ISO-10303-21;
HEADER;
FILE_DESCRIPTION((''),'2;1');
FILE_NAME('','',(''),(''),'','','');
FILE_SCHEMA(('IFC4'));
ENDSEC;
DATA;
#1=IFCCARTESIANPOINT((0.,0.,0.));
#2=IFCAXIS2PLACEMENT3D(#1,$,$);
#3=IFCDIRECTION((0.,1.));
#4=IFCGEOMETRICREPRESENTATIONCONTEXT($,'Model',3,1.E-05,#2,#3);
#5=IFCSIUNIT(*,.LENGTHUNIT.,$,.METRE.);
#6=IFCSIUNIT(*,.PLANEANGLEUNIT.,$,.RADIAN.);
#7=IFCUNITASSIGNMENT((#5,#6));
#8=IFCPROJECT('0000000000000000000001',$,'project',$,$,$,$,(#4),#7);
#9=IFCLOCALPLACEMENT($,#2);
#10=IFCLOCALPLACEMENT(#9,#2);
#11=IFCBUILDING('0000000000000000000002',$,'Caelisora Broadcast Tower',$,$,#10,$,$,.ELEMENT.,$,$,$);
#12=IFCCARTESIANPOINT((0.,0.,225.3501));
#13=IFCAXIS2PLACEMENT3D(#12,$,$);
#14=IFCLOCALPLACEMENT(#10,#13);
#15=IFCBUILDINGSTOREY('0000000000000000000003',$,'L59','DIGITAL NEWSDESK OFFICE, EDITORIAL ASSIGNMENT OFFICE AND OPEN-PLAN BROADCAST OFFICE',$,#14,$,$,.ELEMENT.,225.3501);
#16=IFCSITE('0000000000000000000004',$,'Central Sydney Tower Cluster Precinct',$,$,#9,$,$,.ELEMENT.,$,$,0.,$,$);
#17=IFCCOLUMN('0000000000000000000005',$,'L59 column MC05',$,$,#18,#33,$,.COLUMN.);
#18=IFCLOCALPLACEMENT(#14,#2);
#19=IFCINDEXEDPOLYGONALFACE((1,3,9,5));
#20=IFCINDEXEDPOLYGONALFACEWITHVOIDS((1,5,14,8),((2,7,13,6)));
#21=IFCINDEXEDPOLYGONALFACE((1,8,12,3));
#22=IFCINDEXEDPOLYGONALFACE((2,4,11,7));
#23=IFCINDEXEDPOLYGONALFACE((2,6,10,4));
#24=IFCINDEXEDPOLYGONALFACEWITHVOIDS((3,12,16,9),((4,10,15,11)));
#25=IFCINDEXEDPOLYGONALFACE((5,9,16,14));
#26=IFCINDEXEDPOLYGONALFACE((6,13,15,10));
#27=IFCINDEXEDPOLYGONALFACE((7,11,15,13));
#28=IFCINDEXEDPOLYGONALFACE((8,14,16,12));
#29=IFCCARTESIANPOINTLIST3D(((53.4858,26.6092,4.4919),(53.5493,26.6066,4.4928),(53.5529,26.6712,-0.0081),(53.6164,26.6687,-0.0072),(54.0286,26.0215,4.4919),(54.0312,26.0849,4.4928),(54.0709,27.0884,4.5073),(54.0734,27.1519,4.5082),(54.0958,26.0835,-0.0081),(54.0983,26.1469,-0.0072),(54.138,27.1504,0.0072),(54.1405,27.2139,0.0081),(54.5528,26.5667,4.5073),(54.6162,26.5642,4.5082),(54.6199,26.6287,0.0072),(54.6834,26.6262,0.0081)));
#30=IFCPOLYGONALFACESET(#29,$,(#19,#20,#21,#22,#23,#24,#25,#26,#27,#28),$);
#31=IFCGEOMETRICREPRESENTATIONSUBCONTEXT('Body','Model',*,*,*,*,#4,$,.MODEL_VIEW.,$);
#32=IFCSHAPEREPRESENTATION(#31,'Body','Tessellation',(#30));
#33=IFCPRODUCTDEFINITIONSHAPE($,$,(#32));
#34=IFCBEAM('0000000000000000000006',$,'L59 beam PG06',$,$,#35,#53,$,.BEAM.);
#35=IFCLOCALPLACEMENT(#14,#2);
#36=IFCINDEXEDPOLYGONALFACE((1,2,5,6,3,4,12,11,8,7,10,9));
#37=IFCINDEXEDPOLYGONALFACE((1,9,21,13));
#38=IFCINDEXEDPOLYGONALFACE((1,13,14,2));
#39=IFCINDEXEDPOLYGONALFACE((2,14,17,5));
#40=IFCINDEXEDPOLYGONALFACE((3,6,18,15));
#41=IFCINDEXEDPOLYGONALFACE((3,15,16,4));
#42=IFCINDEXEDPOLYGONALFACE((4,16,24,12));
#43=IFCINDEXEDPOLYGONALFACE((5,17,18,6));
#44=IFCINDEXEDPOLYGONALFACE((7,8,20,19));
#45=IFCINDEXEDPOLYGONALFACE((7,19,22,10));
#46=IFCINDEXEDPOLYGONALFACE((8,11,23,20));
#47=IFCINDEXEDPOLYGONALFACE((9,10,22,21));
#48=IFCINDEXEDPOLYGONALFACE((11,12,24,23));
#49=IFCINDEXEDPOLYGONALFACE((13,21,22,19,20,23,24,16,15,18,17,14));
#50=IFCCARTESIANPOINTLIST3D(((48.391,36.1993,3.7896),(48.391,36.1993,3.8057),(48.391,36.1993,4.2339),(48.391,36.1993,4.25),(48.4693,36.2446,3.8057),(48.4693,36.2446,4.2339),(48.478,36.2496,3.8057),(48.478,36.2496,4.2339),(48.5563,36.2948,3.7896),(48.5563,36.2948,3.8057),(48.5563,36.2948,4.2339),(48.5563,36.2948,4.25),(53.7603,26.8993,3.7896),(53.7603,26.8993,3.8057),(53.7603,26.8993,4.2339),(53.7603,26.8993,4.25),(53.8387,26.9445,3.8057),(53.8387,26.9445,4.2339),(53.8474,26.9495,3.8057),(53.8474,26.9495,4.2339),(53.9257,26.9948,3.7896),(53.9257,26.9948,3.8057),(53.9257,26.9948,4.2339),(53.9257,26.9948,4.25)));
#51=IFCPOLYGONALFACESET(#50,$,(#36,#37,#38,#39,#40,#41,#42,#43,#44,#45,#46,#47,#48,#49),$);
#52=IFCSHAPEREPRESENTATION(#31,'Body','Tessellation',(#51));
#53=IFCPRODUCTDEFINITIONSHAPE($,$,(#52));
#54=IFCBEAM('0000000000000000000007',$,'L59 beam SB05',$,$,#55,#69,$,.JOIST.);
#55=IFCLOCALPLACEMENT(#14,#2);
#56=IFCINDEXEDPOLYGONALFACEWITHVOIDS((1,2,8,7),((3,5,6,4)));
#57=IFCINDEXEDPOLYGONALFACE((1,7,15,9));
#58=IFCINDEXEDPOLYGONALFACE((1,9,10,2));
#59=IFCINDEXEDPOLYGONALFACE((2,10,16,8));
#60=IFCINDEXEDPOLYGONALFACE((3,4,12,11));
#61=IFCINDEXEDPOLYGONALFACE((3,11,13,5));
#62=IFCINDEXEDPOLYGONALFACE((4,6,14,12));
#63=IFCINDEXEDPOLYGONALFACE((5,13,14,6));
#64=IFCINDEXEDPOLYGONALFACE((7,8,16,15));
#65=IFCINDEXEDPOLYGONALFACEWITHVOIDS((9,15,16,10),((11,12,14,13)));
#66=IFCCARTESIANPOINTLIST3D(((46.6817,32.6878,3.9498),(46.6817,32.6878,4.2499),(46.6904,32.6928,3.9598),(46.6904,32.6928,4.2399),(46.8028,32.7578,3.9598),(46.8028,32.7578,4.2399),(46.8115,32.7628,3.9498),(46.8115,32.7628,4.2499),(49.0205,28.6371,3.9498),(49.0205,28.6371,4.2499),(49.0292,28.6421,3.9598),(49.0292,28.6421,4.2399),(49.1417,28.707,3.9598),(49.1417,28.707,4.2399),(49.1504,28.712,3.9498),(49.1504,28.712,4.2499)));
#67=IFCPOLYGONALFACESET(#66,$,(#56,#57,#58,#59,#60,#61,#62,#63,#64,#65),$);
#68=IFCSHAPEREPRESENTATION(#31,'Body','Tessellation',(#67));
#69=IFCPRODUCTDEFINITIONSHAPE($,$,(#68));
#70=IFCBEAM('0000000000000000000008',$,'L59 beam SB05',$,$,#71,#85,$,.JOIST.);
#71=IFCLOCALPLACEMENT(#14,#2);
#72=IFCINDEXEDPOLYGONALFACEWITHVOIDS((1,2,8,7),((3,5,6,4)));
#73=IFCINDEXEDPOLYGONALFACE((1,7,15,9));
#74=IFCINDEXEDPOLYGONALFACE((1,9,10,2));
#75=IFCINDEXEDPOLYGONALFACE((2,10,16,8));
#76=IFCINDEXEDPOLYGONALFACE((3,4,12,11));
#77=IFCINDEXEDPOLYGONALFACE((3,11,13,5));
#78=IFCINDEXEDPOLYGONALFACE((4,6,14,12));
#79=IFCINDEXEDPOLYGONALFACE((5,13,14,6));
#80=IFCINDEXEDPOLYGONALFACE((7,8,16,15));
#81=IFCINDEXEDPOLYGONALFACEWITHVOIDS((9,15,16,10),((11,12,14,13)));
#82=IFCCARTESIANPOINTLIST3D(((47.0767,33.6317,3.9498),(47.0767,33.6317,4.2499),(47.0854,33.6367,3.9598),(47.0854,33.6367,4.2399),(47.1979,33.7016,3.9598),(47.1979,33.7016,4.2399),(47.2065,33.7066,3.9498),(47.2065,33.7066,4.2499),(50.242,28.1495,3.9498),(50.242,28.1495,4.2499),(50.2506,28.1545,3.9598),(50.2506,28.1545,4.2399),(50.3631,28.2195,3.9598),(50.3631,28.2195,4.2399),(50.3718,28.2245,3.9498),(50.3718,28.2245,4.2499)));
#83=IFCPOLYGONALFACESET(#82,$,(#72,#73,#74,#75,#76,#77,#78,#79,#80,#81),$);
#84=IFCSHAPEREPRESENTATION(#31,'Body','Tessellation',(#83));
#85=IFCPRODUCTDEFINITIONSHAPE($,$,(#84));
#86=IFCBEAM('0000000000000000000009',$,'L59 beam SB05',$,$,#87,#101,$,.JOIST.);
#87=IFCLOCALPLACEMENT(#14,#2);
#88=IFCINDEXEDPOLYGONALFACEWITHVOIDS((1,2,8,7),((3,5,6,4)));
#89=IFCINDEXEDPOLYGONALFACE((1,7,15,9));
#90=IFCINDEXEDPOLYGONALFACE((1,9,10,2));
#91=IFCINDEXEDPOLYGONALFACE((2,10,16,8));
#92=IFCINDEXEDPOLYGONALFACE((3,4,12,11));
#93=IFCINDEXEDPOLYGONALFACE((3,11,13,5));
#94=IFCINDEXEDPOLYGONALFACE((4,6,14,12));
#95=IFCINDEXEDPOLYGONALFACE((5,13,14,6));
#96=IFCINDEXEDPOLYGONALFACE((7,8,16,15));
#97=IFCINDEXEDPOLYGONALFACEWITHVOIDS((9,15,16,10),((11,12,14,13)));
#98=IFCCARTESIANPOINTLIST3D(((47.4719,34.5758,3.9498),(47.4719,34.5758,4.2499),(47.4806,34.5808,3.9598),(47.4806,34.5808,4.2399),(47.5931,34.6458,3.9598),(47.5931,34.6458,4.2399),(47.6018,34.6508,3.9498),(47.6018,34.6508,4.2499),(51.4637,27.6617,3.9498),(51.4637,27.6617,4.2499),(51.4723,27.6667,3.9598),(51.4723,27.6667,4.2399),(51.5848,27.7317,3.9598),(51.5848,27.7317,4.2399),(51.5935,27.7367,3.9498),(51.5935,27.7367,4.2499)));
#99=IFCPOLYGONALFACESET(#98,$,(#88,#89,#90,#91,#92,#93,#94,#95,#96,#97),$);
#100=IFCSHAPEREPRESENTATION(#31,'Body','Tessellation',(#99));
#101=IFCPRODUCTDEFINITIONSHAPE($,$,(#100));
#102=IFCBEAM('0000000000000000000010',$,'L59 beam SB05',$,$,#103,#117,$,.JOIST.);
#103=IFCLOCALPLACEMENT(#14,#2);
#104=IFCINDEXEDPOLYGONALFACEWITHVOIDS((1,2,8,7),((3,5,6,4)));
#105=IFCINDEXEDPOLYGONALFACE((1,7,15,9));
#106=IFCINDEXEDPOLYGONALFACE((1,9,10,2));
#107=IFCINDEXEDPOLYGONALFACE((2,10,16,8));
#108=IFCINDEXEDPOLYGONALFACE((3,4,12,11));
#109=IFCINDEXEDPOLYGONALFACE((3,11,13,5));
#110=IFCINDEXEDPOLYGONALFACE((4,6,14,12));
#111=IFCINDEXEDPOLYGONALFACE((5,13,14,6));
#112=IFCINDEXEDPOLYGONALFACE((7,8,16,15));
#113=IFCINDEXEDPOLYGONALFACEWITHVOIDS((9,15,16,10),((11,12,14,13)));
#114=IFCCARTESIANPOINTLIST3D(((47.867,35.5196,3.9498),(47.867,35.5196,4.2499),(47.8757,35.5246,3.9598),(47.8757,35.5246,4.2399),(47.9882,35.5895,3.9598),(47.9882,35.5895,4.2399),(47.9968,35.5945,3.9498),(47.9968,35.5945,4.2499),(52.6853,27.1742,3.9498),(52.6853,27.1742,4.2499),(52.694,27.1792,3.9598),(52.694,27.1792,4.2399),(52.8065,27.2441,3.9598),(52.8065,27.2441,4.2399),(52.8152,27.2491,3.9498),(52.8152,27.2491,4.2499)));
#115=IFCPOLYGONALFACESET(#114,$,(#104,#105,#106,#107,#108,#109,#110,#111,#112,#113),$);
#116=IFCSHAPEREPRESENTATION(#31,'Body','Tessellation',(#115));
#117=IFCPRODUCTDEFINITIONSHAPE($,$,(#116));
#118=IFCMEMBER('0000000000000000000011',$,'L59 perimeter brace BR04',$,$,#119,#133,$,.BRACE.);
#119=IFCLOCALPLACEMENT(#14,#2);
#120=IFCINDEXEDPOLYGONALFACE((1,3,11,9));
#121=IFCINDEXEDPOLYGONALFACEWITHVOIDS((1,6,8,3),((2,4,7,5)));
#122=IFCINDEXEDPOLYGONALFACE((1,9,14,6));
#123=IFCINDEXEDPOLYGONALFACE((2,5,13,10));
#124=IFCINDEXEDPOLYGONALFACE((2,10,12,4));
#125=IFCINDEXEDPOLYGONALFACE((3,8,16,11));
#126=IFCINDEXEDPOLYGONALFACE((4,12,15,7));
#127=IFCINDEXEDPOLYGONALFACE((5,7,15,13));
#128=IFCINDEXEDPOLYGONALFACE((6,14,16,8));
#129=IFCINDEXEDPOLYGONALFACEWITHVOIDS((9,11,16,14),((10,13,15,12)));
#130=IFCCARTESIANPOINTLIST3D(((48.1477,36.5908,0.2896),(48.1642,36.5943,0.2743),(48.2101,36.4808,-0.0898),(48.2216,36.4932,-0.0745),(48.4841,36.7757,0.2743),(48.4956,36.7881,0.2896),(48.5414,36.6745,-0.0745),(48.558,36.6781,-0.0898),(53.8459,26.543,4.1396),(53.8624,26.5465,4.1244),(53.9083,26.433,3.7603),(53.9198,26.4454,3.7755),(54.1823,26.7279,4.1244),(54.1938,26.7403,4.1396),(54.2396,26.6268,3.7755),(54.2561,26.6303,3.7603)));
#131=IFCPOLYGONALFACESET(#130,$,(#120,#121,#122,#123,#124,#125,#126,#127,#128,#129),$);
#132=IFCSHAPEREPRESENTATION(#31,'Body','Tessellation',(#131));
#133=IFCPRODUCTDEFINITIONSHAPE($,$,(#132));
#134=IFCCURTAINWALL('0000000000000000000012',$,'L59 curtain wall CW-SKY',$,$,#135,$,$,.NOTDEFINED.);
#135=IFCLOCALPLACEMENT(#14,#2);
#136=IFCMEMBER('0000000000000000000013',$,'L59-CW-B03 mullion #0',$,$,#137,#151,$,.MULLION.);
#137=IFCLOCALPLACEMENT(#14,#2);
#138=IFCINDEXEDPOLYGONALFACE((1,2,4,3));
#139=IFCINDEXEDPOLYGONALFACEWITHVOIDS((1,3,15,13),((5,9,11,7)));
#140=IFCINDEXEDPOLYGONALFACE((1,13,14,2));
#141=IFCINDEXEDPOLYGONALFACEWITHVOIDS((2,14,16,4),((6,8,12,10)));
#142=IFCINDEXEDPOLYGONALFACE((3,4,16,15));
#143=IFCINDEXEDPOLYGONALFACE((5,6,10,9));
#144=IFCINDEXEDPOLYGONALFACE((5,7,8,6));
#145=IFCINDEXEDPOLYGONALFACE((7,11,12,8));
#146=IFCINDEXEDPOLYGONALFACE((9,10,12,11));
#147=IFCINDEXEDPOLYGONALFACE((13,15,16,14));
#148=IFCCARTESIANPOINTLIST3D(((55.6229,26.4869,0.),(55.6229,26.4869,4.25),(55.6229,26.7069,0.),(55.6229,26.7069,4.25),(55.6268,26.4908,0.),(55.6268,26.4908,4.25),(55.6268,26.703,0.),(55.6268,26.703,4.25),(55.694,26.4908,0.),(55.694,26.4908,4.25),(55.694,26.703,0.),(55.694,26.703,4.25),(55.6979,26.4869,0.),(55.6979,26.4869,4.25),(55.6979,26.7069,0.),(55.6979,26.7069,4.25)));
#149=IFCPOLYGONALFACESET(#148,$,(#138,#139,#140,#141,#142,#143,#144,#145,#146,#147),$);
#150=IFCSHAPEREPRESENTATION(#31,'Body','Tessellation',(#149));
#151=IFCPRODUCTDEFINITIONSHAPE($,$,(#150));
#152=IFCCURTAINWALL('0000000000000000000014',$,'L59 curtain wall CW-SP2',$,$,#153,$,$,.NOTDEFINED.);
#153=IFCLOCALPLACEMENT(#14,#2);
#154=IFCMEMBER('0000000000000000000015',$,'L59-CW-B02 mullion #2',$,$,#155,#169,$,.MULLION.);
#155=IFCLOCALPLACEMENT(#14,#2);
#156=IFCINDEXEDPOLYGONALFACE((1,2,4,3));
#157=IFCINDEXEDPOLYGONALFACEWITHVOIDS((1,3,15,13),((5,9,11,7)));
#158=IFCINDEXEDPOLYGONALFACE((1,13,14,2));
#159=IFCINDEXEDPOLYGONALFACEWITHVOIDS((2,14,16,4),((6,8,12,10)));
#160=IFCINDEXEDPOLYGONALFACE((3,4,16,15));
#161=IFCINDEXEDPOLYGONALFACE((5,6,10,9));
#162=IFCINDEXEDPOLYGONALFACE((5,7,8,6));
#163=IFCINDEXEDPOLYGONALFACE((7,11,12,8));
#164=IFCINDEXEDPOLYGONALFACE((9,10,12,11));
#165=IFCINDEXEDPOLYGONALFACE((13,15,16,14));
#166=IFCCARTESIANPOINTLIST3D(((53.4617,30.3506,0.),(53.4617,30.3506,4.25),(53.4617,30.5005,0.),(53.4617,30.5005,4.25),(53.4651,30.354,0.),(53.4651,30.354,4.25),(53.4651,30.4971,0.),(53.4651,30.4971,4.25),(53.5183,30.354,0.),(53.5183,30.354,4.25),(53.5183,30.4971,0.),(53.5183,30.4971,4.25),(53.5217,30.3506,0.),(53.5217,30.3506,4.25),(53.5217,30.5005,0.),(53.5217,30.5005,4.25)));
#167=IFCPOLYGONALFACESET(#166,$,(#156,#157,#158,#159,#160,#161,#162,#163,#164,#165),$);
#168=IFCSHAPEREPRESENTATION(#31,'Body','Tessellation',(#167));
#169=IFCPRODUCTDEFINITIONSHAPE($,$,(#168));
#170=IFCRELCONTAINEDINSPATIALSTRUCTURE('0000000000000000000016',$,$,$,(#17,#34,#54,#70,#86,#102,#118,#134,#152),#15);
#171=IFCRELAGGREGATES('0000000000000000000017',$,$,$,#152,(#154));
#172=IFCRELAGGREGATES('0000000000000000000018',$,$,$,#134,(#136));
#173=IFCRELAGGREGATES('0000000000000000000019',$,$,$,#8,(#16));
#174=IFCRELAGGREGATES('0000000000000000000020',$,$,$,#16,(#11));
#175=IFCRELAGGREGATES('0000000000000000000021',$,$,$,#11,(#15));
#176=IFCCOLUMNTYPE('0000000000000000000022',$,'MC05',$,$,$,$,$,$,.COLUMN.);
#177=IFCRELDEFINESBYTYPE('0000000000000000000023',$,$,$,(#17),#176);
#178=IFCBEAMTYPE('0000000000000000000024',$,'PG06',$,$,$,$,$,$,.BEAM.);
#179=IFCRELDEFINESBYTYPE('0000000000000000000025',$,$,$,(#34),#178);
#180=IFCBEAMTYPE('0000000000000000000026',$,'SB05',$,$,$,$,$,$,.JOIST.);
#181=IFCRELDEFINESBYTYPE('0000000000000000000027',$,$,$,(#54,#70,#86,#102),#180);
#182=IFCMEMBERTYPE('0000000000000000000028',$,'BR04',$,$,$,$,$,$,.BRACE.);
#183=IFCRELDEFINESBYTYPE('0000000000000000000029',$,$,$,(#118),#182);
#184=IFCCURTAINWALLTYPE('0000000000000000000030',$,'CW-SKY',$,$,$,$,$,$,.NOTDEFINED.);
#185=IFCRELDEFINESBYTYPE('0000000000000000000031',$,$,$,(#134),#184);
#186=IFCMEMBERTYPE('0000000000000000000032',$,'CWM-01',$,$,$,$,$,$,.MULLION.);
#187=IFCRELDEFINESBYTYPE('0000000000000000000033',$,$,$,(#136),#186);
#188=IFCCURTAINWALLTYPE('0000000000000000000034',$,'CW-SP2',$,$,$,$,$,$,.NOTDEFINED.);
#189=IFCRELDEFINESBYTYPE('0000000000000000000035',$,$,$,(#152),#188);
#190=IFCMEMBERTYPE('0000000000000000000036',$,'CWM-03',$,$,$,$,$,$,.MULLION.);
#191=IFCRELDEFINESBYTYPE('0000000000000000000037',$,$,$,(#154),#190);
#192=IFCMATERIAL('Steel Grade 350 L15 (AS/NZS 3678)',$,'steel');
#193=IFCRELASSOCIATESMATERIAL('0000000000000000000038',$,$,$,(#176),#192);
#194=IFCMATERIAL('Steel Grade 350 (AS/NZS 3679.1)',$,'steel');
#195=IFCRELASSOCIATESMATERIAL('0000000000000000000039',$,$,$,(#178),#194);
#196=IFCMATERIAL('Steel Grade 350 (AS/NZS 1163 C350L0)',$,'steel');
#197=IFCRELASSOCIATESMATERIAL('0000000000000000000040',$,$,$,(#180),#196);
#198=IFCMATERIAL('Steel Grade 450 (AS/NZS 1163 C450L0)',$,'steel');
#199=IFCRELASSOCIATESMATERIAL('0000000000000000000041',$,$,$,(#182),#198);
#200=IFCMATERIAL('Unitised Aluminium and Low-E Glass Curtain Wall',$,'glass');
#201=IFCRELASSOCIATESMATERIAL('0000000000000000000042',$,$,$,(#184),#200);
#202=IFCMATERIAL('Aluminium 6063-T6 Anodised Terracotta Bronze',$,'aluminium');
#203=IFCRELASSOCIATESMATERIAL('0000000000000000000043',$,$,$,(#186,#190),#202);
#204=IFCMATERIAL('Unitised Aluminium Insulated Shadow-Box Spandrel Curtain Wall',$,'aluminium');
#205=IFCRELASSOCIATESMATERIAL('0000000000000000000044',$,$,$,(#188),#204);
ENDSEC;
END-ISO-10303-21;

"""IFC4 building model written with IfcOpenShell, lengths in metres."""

from ifc_helpers import new_model, si_unit, direction, frame, origin, origin_2d, place, context, subcontext, project, spatial, hollow_rectangle, i_section, extrude, source, transform, mapped, material, material_profile, profile_set, type_object, type_shapes, element, aggregate, save


model = new_model("IFC4")

# Units and contexts
model_context = context("Model", 3, precision=1e-05, world=origin(), true_north=direction((0.0, 1.0)))
body_context = subcontext(model_context, "Body", "Model", "MODEL_VIEW")
ifc_project = project(units=[si_unit("LENGTHUNIT", "METRE"), si_unit("PLANEANGLEUNIT", "RADIAN")], contexts=[model_context])

# Site, building, storey
site_placement = place(None, origin())
site = spatial("IfcSite", under=ifc_project, at=site_placement, Name="Central Sydney Tower Cluster Precinct", CompositionType="ELEMENT", RefElevation=0.0)
building_placement = place(site_placement, origin())
building = spatial("IfcBuilding", under=site, at=building_placement, Name="Caelisora Broadcast Tower", CompositionType="ELEMENT")
storey_placement = place(building_placement, frame((0.0, 0.0, 225.3501)))
storey = spatial("IfcBuildingStorey", under=building, at=storey_placement, Name="L59", Description="DIGITAL NEWSDESK OFFICE, EDITORIAL ASSIGNMENT OFFICE AND OPEN-PLAN BROADCAST OFFICE", CompositionType="ELEMENT", Elevation=225.3501)

# Column
ifc_material_1 = material(Name="Steel Grade 350 L15 (AS/NZS 3678)", Category="steel")
ifc_material_profile_1 = material_profile(ifc_material_1, hollow_rectangle(XDim=0.8, YDim=0.8, WallThickness=0.0449, at=origin_2d()), Name="Steel Grade 350 L15 (AS/NZS 3678)")
ifc_profile_set_1 = profile_set([ifc_material_profile_1], Name="Steel Grade 350 L15 (AS/NZS 3678)")
column_type = type_object("IfcColumnType", Name="MC05", PredefinedType="COLUMN", material=ifc_profile_set_1)
shared_shape_1 = source(origin(), body_context, "Body", "SweptSolid", [
    extrude(hollow_rectangle(XDim=0.8, YDim=0.8, WallThickness=0.0449, at=origin_2d()), origin(), (0.0, 0.0, 1.0), 4.501),
])
type_shapes(column_type, [shared_shape_1])
column_placement = place(storey_placement, frame((54.1182, 26.6487, 0.0), z_axis=(-0.014917, -0.013778, 0.999794), x_axis=(0.678502, -0.734599, 0.0)))
element("IfcColumn", 1, at=column_placement, inside=storey, type_object=column_type, Name="L59 column MC05", PredefinedType="COLUMN", context=body_context, shape_type="MappedRepresentation", body=[
    mapped(shared_shape_1, transform((0.0, 0.0, 0.0), scale=1.0)),
])

# Beams
ifc_material_2 = material(Name="Steel Grade 350 (AS/NZS 3679.1)", Category="steel")
ifc_material_profile_2 = material_profile(ifc_material_2, i_section(OverallWidth=0.1909, OverallDepth=0.4604, WebThickness=0.01, FlangeThickness=0.0161, at=origin_2d()), Name="Steel Grade 350 (AS/NZS 3679.1)")
ifc_profile_set_2 = profile_set([ifc_material_profile_2], Name="Steel Grade 350 (AS/NZS 3679.1)")
beam_type_1 = type_object("IfcBeamType", Name="PG06", PredefinedType="BEAM", material=ifc_profile_set_2)
shared_shape_2 = source(origin(), body_context, "Body", "SweptSolid", [
    extrude(i_section(OverallWidth=0.1909, OverallDepth=0.4604, WebThickness=0.01, FlangeThickness=0.0161, at=origin_2d()), origin(), (0.0, 0.0, 1.0), 10.7388),
])
type_shapes(beam_type_1, [shared_shape_2])
beam_1_placement = place(storey_placement, frame((53.843, 26.947, 4.0198), z_axis=(-0.5, 0.866025, 0.0), x_axis=(-0.866025, -0.5, 0.0)))
element("IfcBeam", 2, at=beam_1_placement, inside=storey, type_object=beam_type_1, Name="L59 beam PG06", PredefinedType="BEAM", context=body_context, shape_type="MappedRepresentation", body=[
    mapped(shared_shape_2, transform((0.0, 0.0, 0.0), scale=1.0)),
])
ifc_material_3 = material(Name="Steel Grade 350 (AS/NZS 1163 C350L0)", Category="steel")
ifc_material_profile_3 = material_profile(ifc_material_3, hollow_rectangle(XDim=0.1499, YDim=0.3, WallThickness=0.01, at=origin_2d()), Name="Steel Grade 350 (AS/NZS 1163 C350L0)")
ifc_profile_set_3 = profile_set([ifc_material_profile_3], Name="Steel Grade 350 (AS/NZS 1163 C350L0)")
beam_type_2 = type_object("IfcBeamType", Name="SB05", PredefinedType="JOIST", material=ifc_profile_set_3)
shared_shape_3 = source(origin(), body_context, "Body", "SweptSolid", [
    extrude(hollow_rectangle(XDim=0.1499, YDim=0.3, WallThickness=0.01, at=origin_2d()), origin(), (0.0, 0.0, 1.0), 4.6775),
])
beam_2_placement = place(storey_placement, frame((49.0854, 28.6746, 4.0999), z_axis=(-0.500024, 0.866012, 0.0), x_axis=(-0.866012, -0.500024, 0.0)))
element("IfcBeam", 3, at=beam_2_placement, inside=storey, type_object=beam_type_2, Name="L59 beam SB05", PredefinedType="JOIST", context=body_context, shape_type="MappedRepresentation", body=[
    mapped(shared_shape_3, transform((0.0, 0.0, 0.0), scale=1.0)),
])
shared_shape_4 = source(origin(), body_context, "Body", "SweptSolid", [
    extrude(hollow_rectangle(XDim=0.1499, YDim=0.3, WallThickness=0.01, at=origin_2d()), origin(), (0.0, 0.0, 1.0), 6.3303),
])
beam_3_placement = place(storey_placement, frame((50.3069, 28.187, 4.0999), z_axis=(-0.500017, 0.866015, 0.0), x_axis=(-0.866015, -0.500017, 0.0)))
element("IfcBeam", 4, at=beam_3_placement, inside=storey, type_object=beam_type_2, Name="L59 beam SB05", PredefinedType="JOIST", context=body_context, shape_type="MappedRepresentation", body=[
    mapped(shared_shape_4, transform((0.0, 0.0, 0.0), scale=1.0)),
])
shared_shape_5 = source(origin(), body_context, "Body", "SweptSolid", [
    extrude(hollow_rectangle(XDim=0.1499, YDim=0.3, WallThickness=0.01, at=origin_2d()), origin(), (0.0, 0.0, 1.0), 7.9836),
])
beam_4_placement = place(storey_placement, frame((51.5286, 27.6992, 4.0999), z_axis=(-0.499987, 0.866033, 0.0), x_axis=(-0.866033, -0.499987, 0.0)))
element("IfcBeam", 5, at=beam_4_placement, inside=storey, type_object=beam_type_2, Name="L59 beam SB05", PredefinedType="JOIST", context=body_context, shape_type="MappedRepresentation", body=[
    mapped(shared_shape_5, transform((0.0, 0.0, 0.0), scale=1.0)),
])
shared_shape_6 = source(origin(), body_context, "Body", "SweptSolid", [
    extrude(hollow_rectangle(XDim=0.1499, YDim=0.3, WallThickness=0.01, at=origin_2d()), origin(), (0.0, 0.0, 1.0), 9.6365),
])
type_shapes(beam_type_2, [shared_shape_3, shared_shape_4, shared_shape_5, shared_shape_6])
beam_5_placement = place(storey_placement, frame((52.7502, 27.2117, 4.0999), z_axis=(-0.500008, 0.866021, 0.0), x_axis=(-0.866021, -0.500008, 0.0)))
element("IfcBeam", 6, at=beam_5_placement, inside=storey, type_object=beam_type_2, Name="L59 beam SB05", PredefinedType="JOIST", context=body_context, shape_type="MappedRepresentation", body=[
    mapped(shared_shape_6, transform((0.0, 0.0, 0.0), scale=1.0)),
])

# Member
ifc_material_4 = material(Name="Steel Grade 450 (AS/NZS 1163 C450L0)", Category="steel")
ifc_material_profile_4 = material_profile(ifc_material_4, hollow_rectangle(XDim=0.3999, YDim=0.3999, WallThickness=0.0161, at=origin_2d()), Name="Steel Grade 450 (AS/NZS 1163 C450L0)")
ifc_profile_set_4 = profile_set([ifc_material_profile_4], Name="Steel Grade 450 (AS/NZS 1163 C450L0)")
member_type_1 = type_object("IfcMemberType", Name="BR04", PredefinedType="BRACE", material=ifc_profile_set_4)
shared_shape_7 = source(origin(), body_context, "Body", "SweptSolid", [
    extrude(hollow_rectangle(XDim=0.3999, YDim=0.3999, WallThickness=0.0161, at=origin_2d()), origin(), (0.0, 0.0, 1.0), 12.1758),
])
type_shapes(member_type_1, [shared_shape_7])
member_1_placement = place(storey_placement, frame((54.051, 26.5867, 3.95), z_axis=(-0.467994, 0.825225, -0.316206), x_axis=(-0.869857, -0.493305, 0.0)))
element("IfcMember", 7, at=member_1_placement, inside=storey, type_object=member_type_1, Name="L59 perimeter brace BR04", PredefinedType="BRACE", context=body_context, shape_type="MappedRepresentation", body=[
    mapped(shared_shape_7, transform((0.0, 0.0, 0.0), scale=1.0)),
])

# Curtain wall, member
ifc_material_5 = material(Name="Unitised Aluminium and Low-E Glass Curtain Wall", Category="glass")
curtain_wall_type_1 = type_object("IfcCurtainWallType", Name="CW-SKY", PredefinedType="NOTDEFINED", material=ifc_material_5)
curtain_wall_1_placement = place(storey_placement, origin())
curtain_wall_1 = element("IfcCurtainWall", 8, at=curtain_wall_1_placement, inside=storey, type_object=curtain_wall_type_1, Name="L59 curtain wall CW-SKY", PredefinedType="NOTDEFINED")
ifc_material_6 = material(Name="Aluminium 6063-T6 Anodised Terracotta Bronze", Category="aluminium")
ifc_material_profile_5 = material_profile(ifc_material_6, hollow_rectangle(XDim=0.075, YDim=0.22, WallThickness=0.0039, at=origin_2d()), Name="Aluminium 6063-T6 Anodised Terracotta Bronze")
ifc_profile_set_5 = profile_set([ifc_material_profile_5], Name="Aluminium 6063-T6 Anodised Terracotta Bronze")
member_type_2 = type_object("IfcMemberType", Name="CWM-01", PredefinedType="MULLION", material=ifc_profile_set_5)
shared_shape_8 = source(origin(), body_context, "Body", "SweptSolid", [
    extrude(hollow_rectangle(XDim=0.075, YDim=0.22, WallThickness=0.0039, at=origin_2d()), origin(), (0.0, 0.0, 1.0), 4.25),
])
type_shapes(member_type_2, [shared_shape_8])
member_2_placement = place(storey_placement, frame((55.6604, 26.5969, 0.0), z_axis=(0.0, 0.0, 1.0), x_axis=(1.0, 0.0, 0.0)))
member_2 = element("IfcMember", 9, at=member_2_placement, type_object=member_type_2, Name="L59-CW-B03 mullion #0", PredefinedType="MULLION", context=body_context, shape_type="MappedRepresentation", body=[
    mapped(shared_shape_8, transform((0.0, 0.0, 0.0), scale=1.0)),
])

# Curtain wall, member
ifc_material_7 = material(Name="Unitised Aluminium Insulated Shadow-Box Spandrel Curtain Wall", Category="aluminium")
curtain_wall_type_2 = type_object("IfcCurtainWallType", Name="CW-SP2", PredefinedType="NOTDEFINED", material=ifc_material_7)
curtain_wall_2_placement = place(storey_placement, origin())
curtain_wall_2 = element("IfcCurtainWall", 10, at=curtain_wall_2_placement, inside=storey, type_object=curtain_wall_type_2, Name="L59 curtain wall CW-SP2", PredefinedType="NOTDEFINED")
ifc_material_profile_6 = material_profile(ifc_material_6, hollow_rectangle(XDim=0.0601, YDim=0.1499, WallThickness=0.0034, at=origin_2d()), Name="Aluminium 6063-T6 Anodised Terracotta Bronze")
ifc_profile_set_6 = profile_set([ifc_material_profile_6], Name="Aluminium 6063-T6 Anodised Terracotta Bronze")
member_type_3 = type_object("IfcMemberType", Name="CWM-03", PredefinedType="MULLION", material=ifc_profile_set_6)
shared_shape_9 = source(origin(), body_context, "Body", "SweptSolid", [
    extrude(hollow_rectangle(XDim=0.0601, YDim=0.1499, WallThickness=0.0034, at=origin_2d()), origin(), (0.0, 0.0, 1.0), 4.25),
])
type_shapes(member_type_3, [shared_shape_9])
member_3_placement = place(storey_placement, frame((53.4917, 30.4255, 0.0), z_axis=(0.0, 0.0, 1.0), x_axis=(1.0, 0.0, 0.0)))
member_3 = element("IfcMember", 11, at=member_3_placement, type_object=member_type_3, Name="L59-CW-B02 mullion #2", PredefinedType="MULLION", context=body_context, shape_type="MappedRepresentation", body=[
    mapped(shared_shape_9, transform((0.0, 0.0, 0.0), scale=1.0)),
])

aggregate(curtain_wall_2, [member_3])
aggregate(curtain_wall_1, [member_2])

save(model, "model.ifc")
